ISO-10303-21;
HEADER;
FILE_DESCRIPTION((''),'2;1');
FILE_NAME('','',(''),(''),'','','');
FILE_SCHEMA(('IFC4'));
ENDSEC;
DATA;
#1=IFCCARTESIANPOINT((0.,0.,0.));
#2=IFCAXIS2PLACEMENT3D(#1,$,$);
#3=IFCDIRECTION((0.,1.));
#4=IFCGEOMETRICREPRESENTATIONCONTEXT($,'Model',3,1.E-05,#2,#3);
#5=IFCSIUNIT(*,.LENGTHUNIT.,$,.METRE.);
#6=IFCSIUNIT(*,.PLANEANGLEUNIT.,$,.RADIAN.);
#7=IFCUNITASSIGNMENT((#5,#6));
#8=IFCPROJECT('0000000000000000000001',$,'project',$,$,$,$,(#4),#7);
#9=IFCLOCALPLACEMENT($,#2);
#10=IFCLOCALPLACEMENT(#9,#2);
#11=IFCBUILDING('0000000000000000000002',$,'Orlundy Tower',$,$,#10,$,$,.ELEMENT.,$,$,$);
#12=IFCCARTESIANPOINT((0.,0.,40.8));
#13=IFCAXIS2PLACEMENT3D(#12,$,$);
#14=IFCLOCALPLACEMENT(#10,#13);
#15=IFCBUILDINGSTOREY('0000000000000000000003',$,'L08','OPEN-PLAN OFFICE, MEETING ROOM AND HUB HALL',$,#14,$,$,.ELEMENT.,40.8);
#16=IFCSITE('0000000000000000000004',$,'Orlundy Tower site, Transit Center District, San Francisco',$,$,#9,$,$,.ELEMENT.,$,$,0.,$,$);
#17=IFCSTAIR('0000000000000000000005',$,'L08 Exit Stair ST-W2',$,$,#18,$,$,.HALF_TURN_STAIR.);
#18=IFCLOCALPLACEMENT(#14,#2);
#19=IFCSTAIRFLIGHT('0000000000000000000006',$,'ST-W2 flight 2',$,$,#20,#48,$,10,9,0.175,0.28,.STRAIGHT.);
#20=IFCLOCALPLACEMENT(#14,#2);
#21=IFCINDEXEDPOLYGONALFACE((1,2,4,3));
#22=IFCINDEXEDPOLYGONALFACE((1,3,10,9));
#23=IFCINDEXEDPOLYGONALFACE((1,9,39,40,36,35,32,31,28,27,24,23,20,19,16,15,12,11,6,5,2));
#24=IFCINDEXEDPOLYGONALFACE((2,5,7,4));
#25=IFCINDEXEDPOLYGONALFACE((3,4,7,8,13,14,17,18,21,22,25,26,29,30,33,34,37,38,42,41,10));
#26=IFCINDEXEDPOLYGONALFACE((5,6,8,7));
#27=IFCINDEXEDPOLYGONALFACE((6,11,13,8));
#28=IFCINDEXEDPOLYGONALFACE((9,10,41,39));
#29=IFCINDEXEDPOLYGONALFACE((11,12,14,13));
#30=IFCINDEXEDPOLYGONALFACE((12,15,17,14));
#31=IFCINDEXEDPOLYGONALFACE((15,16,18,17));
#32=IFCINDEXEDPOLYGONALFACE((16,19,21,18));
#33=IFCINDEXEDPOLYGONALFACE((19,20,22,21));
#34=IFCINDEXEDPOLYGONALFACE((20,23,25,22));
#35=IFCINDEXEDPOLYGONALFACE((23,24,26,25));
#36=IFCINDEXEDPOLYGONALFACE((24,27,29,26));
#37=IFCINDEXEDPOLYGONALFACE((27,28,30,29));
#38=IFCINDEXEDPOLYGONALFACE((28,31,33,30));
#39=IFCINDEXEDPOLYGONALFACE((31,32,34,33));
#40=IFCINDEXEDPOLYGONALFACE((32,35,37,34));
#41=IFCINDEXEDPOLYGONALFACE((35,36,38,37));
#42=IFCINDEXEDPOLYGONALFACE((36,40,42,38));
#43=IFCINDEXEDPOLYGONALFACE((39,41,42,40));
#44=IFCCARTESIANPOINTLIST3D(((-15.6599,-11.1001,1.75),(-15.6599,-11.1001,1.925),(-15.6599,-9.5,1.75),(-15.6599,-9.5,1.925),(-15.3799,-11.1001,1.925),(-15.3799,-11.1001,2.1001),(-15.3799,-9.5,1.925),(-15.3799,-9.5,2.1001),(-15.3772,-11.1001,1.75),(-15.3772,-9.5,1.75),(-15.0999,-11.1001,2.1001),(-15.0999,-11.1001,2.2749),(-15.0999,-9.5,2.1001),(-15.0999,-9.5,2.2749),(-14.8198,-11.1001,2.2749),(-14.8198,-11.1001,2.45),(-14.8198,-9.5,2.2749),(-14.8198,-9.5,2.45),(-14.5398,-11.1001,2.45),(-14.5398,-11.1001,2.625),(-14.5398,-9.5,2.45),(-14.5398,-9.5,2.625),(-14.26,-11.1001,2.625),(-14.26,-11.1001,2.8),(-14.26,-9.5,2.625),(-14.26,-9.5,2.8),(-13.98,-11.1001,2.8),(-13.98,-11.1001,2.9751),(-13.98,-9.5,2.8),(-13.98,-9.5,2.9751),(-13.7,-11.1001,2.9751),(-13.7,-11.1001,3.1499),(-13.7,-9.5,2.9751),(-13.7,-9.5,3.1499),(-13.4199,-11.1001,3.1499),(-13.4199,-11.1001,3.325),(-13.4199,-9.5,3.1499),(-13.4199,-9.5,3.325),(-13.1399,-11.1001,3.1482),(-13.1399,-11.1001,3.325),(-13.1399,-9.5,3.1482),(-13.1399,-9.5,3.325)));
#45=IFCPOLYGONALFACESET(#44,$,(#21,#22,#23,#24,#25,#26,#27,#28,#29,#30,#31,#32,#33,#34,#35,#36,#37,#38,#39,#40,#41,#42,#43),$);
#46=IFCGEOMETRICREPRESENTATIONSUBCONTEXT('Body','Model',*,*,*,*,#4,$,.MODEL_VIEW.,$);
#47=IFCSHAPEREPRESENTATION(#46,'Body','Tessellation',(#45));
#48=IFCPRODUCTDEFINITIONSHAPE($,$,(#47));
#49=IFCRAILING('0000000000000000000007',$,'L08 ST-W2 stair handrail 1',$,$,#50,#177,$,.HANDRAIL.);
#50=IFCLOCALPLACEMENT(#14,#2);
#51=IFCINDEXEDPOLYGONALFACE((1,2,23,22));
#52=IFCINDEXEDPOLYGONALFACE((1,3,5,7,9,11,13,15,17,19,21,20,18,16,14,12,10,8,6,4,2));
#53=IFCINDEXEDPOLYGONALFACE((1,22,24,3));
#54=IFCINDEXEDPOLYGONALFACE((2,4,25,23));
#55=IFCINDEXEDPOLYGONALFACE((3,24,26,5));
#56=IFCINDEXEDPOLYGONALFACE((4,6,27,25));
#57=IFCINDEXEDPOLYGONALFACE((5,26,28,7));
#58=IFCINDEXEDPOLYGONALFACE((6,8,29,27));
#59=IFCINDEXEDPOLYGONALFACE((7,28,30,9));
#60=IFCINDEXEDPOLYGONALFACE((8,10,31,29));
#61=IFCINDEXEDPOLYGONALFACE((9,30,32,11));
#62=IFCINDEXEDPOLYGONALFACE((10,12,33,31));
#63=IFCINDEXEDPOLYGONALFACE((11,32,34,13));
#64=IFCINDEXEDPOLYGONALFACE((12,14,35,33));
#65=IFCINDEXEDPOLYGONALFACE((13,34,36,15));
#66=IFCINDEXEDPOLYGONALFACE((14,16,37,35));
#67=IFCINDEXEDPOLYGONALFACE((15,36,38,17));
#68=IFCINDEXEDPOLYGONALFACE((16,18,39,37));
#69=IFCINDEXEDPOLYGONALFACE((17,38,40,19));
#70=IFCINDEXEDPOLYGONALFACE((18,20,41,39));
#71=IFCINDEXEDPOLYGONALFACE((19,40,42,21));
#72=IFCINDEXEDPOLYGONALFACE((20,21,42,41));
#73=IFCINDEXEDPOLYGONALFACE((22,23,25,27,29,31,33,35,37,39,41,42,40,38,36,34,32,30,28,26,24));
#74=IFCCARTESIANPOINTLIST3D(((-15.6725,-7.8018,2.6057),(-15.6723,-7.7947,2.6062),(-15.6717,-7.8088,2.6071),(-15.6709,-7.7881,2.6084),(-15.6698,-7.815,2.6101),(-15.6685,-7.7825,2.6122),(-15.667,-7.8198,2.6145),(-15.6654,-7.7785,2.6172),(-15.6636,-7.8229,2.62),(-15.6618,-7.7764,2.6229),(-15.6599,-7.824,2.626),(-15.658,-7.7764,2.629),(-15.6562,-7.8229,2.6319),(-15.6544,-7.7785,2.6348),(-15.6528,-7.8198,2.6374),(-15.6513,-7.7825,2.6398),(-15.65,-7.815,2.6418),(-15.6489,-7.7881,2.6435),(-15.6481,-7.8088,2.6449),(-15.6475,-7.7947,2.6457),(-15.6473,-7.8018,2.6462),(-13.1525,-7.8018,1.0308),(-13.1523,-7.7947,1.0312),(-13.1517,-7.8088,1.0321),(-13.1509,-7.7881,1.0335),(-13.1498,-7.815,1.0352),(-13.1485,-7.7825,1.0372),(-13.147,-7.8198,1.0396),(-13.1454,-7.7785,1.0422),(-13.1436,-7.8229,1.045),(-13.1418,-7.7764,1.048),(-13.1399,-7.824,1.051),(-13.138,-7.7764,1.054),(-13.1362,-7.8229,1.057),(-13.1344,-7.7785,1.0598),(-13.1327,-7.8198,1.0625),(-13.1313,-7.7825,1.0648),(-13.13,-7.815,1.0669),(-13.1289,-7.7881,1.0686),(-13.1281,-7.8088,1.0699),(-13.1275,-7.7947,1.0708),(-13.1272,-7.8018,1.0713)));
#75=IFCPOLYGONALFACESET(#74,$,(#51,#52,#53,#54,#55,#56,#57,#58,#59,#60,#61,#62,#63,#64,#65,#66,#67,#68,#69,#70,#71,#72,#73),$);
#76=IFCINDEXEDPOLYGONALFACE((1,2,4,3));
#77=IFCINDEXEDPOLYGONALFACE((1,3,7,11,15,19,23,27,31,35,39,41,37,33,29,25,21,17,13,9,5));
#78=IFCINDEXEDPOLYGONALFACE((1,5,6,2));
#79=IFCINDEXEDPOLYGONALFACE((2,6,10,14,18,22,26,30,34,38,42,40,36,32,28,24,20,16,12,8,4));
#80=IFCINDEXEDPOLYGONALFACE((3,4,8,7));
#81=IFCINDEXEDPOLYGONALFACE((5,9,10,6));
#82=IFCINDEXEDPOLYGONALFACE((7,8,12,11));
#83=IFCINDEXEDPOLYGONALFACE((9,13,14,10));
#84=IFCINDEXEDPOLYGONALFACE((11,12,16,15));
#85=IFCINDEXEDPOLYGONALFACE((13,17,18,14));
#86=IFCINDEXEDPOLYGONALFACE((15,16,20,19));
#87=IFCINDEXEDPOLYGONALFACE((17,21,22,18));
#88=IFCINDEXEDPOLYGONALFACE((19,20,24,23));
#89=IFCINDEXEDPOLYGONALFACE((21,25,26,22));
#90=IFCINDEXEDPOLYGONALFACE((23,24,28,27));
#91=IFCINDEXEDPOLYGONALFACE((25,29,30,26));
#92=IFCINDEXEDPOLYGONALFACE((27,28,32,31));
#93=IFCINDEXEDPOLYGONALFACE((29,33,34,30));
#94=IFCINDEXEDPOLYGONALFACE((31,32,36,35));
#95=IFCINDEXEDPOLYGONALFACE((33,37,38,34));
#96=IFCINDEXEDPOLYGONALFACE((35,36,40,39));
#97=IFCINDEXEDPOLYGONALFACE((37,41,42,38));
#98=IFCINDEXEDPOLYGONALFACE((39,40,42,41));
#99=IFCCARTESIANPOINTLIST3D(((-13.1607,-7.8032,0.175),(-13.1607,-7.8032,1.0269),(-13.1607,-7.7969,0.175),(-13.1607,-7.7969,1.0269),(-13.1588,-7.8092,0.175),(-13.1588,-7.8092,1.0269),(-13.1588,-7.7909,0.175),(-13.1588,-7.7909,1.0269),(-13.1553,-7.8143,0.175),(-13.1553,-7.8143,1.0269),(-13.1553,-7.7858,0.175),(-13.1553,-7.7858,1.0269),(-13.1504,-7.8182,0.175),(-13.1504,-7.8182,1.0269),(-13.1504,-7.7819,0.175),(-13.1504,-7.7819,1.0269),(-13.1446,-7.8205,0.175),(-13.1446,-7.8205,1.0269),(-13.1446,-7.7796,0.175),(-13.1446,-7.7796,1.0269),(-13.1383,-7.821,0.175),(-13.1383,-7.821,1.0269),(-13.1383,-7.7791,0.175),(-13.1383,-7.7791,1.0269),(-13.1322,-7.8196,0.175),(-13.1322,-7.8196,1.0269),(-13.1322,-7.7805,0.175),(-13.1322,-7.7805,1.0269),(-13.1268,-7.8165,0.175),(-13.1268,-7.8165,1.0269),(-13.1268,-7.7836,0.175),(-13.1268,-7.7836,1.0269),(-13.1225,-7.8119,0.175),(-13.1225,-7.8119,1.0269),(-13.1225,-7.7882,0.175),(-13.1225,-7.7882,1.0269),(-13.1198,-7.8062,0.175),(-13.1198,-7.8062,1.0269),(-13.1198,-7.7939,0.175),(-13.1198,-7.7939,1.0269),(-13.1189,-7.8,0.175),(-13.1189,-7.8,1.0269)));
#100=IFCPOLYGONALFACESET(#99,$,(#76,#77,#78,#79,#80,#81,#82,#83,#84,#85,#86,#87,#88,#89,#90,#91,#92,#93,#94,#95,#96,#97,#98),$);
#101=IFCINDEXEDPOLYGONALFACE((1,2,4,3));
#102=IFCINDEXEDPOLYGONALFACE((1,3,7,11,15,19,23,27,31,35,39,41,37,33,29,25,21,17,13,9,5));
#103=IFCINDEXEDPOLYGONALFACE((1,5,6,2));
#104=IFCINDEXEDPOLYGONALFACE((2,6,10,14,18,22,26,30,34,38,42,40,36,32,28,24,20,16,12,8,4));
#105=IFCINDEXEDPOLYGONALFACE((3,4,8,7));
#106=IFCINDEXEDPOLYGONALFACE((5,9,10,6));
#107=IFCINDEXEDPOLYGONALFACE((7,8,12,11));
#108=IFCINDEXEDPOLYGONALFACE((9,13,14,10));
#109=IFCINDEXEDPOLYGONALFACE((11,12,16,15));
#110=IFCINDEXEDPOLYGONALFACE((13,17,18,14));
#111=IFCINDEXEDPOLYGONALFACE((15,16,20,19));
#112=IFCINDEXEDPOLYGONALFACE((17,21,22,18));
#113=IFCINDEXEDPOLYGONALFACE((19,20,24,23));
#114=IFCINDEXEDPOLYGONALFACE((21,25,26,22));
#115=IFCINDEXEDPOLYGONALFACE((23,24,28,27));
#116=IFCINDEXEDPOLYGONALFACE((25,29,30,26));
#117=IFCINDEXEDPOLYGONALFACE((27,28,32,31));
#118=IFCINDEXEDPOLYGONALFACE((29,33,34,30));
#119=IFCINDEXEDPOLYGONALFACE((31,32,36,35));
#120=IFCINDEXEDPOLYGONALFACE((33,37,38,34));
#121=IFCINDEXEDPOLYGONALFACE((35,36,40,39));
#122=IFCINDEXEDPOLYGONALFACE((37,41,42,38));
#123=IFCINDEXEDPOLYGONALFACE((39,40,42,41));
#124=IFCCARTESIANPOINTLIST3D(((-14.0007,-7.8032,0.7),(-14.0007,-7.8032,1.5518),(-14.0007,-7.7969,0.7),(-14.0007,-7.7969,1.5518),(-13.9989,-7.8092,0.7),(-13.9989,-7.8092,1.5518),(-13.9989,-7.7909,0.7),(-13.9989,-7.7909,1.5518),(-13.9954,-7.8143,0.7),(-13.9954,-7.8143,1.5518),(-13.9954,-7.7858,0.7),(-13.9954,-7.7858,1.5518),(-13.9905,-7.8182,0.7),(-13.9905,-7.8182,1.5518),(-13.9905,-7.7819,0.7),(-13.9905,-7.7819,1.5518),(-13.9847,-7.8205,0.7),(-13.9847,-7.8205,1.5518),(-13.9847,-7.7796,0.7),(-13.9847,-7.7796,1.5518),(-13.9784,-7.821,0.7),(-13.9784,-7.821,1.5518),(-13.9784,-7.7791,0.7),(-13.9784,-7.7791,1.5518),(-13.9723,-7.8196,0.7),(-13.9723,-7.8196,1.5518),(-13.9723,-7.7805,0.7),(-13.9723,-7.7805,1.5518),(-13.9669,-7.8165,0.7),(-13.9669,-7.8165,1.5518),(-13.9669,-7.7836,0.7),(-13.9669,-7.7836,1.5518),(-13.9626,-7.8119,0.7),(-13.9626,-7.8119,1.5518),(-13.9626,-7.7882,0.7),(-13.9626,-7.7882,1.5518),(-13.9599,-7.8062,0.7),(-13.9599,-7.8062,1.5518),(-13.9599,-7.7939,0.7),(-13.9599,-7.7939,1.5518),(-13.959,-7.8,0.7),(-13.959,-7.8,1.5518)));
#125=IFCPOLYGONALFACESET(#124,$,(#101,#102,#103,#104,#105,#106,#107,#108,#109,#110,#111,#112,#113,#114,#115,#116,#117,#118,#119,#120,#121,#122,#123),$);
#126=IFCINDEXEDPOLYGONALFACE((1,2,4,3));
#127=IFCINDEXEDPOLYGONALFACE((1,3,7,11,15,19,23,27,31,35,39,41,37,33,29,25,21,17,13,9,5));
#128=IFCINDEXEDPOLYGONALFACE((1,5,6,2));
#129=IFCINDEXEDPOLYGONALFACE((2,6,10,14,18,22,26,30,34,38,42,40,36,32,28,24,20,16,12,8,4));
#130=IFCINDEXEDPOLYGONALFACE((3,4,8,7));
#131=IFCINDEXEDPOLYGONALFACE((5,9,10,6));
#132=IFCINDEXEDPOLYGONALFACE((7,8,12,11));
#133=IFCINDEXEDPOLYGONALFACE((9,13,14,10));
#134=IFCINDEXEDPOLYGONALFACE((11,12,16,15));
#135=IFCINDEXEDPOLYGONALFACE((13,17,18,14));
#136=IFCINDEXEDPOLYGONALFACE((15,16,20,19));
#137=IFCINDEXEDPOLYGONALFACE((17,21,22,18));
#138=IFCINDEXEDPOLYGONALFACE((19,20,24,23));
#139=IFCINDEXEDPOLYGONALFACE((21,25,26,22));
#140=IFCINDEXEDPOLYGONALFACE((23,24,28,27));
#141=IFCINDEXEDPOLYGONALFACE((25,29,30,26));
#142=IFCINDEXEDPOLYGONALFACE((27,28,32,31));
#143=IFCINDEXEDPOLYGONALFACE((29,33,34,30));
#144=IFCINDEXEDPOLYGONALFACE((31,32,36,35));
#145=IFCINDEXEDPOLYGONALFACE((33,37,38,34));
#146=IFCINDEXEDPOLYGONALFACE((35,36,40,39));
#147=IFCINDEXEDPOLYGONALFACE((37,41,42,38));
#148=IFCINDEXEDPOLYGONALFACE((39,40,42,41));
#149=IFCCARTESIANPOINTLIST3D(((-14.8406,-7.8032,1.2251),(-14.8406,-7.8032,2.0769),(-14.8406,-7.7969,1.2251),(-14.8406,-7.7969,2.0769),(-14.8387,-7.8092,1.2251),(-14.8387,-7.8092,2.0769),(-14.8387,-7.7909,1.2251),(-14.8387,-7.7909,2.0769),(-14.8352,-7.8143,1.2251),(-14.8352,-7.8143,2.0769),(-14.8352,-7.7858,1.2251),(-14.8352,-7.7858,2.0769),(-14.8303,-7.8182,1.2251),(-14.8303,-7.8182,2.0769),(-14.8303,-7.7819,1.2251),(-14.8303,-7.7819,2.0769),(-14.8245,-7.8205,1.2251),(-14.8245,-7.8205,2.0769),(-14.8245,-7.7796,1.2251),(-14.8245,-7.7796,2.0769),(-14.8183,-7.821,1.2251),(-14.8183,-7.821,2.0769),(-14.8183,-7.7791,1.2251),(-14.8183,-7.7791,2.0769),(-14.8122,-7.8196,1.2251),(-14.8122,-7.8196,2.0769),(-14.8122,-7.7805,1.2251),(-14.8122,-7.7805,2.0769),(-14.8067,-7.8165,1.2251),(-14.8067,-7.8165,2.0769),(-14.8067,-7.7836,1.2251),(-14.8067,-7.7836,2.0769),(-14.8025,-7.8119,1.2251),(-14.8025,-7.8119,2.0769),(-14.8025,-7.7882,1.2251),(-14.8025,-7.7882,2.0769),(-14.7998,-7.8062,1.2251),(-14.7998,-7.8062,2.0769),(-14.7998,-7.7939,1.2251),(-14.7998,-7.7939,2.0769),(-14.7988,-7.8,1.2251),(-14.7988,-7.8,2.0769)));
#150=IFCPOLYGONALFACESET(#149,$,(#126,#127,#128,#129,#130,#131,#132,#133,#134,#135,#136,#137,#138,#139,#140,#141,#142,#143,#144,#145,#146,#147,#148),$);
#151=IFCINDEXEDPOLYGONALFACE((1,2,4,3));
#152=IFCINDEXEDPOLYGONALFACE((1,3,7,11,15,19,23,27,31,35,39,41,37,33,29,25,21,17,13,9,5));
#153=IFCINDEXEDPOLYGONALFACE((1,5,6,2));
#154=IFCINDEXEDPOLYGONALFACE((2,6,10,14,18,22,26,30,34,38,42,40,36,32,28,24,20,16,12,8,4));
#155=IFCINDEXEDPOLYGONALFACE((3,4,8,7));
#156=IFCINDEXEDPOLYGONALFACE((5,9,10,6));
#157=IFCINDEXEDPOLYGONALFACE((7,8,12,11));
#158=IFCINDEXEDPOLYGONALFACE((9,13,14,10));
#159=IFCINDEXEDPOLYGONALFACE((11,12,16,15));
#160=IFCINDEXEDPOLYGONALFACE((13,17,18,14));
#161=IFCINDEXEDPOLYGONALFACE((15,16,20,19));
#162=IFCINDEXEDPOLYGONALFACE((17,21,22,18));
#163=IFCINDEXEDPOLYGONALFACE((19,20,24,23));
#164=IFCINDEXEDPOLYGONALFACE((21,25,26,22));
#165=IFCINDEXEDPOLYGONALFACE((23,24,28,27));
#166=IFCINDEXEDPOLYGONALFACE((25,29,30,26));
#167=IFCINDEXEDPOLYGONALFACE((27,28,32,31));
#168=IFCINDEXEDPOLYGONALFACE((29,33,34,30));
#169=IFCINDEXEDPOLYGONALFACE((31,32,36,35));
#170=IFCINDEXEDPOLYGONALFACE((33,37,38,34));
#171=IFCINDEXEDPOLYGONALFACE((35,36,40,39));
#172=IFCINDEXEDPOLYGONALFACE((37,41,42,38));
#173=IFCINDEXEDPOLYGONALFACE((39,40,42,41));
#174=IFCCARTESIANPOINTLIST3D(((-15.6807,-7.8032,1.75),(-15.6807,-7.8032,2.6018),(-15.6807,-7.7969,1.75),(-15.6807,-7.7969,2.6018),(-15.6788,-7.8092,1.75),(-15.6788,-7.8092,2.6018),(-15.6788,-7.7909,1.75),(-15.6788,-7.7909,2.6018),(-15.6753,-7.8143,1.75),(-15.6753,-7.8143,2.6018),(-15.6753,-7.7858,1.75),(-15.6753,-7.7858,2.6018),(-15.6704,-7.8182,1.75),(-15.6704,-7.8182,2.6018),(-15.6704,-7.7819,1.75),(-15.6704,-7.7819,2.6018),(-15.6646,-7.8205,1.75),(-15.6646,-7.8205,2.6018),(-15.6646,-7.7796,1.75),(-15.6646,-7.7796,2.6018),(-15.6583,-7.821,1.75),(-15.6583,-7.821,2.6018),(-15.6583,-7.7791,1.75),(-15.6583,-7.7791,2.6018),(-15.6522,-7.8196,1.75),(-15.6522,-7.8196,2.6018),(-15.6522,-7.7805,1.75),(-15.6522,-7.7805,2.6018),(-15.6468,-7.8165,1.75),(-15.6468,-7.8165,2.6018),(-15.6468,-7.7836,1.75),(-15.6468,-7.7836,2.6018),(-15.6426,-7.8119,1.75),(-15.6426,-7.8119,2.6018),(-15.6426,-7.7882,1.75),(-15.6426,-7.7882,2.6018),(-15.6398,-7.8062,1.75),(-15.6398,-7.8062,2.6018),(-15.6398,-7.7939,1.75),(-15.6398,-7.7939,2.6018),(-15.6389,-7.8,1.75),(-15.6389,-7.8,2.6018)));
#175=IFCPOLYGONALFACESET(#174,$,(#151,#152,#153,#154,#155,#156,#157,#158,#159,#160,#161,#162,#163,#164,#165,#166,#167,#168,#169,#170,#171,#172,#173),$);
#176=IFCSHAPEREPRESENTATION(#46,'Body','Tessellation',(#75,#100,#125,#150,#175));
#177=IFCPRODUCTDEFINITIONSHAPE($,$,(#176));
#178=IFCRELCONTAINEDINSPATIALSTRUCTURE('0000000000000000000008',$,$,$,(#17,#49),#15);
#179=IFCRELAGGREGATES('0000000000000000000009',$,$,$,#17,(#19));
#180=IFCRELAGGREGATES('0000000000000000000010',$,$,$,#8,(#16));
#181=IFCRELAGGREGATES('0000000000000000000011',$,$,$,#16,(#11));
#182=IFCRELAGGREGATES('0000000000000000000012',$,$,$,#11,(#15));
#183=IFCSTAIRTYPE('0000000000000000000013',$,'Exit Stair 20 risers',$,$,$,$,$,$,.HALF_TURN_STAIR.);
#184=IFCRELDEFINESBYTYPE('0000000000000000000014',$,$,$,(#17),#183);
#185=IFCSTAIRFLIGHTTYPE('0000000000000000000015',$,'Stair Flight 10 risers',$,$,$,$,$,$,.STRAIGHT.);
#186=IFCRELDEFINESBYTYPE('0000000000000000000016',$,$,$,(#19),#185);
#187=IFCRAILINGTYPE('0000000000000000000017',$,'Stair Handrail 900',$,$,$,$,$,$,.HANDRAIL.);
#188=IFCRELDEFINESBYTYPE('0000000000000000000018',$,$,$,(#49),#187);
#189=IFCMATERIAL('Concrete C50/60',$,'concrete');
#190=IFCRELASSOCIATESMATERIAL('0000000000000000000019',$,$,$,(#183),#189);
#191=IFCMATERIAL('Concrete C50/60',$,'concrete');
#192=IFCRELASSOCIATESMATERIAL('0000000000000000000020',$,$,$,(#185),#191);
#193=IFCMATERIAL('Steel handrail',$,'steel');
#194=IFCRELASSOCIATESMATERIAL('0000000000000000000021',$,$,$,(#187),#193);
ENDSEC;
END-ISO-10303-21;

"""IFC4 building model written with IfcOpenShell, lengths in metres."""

from ifc_helpers import new_model, si_unit, direction, frame, origin, origin_2d, place, context, subcontext, project, spatial, polyline, circle, outline, extrude, material, type_object, element, aggregate, save


model = new_model("IFC4")

# Units and contexts
model_context = context("Model", 3, precision=1e-05, world=origin(), true_north=direction((0.0, 1.0)))
body_context = subcontext(model_context, "Body", "Model", "MODEL_VIEW")
ifc_project = project(units=[si_unit("LENGTHUNIT", "METRE"), si_unit("PLANEANGLEUNIT", "RADIAN")], contexts=[model_context])

# Site, building, storey
site_placement = place(None, origin())
site = spatial("IfcSite", under=ifc_project, at=site_placement, Name="Orlundy Tower site, Transit Center District, San Francisco", CompositionType="ELEMENT", RefElevation=0.0)
building_placement = place(site_placement, origin())
building = spatial("IfcBuilding", under=site, at=building_placement, Name="Orlundy Tower", CompositionType="ELEMENT")
storey_placement = place(building_placement, frame((0.0, 0.0, 40.8)))
storey = spatial("IfcBuildingStorey", under=building, at=storey_placement, Name="L08", Description="OPEN-PLAN OFFICE, MEETING ROOM AND HUB HALL", CompositionType="ELEMENT", Elevation=40.8)

# Stair, stair flight
ifc_material_1 = material(Name="Concrete C50/60", Category="concrete")
stair_type = type_object("IfcStairType", Name="Exit Stair 20 risers", PredefinedType="HALF_TURN_STAIR", material=ifc_material_1)
stair_placement = place(storey_placement, origin())
stair = element("IfcStair", 1, at=stair_placement, inside=storey, type_object=stair_type, Name="L08 Exit Stair ST-W2", PredefinedType="HALF_TURN_STAIR")
ifc_material_2 = material(Name="Concrete C50/60", Category="concrete")
stair_flight_type = type_object("IfcStairFlightType", Name="Stair Flight 10 risers", PredefinedType="STRAIGHT", material=ifc_material_2)
stair_flight_1_placement = place(storey_placement, frame((-15.6599, -10.3, 1.75), z_axis=(0.0, 0.0, 1.0), x_axis=(1.0, 0.0, 0.0)))
stair_flight_1 = element("IfcStairFlight", 2, at=stair_flight_1_placement, type_object=stair_flight_type, Name="ST-W2 flight 2", NumberOfRisers=10, NumberOfTreads=9, PredefinedType="STRAIGHT", RiserHeight=0.175, TreadLength=0.28, context=body_context, shape_type="SweptSolid", body=[
    extrude(outline(polyline([(0.0, 0.0), (0.0, 0.175), (0.28, 0.175), (0.28, 0.3501), (0.5601, 0.3501), (0.5601, 0.5249), (0.8401, 0.5249), (0.8401, 0.7), (1.1201, 0.7), (1.1201, 0.875), (1.3999, 0.875), (1.3999, 1.05), (1.6799, 1.05), (1.6799, 1.2251), (1.96, 1.2251), (1.96, 1.3999), (2.24, 1.3999), (2.24, 1.575), (2.52, 1.575), (2.52, 1.75), (2.52, 1.3982), (0.2827, 0.0), (0.0, 0.0)])), frame((0.0, 0.8, 0.0), z_axis=(0.0, -1.0, 0.0), x_axis=(1.0, 0.0, 0.0)), (0.0, 0.0, 1.0), 1.6001),
])
aggregate(stair, [stair_flight_1])

# Railing
ifc_material_3 = material(Name="Steel handrail", Category="steel")
railing_type_1 = type_object("IfcRailingType", Name="Stair Handrail 900", PredefinedType="HANDRAIL", material=ifc_material_3)
railing_1_placement = place(storey_placement, frame((-13.1399, -7.8, 0.175)))
element("IfcRailing", 3, at=railing_1_placement, inside=storey, type_object=railing_type_1, Name="L08 ST-W2 stair handrail 1", PredefinedType="HANDRAIL", context=body_context, shape_type="SweptSolid", body=[
    extrude(circle(Radius=0.0239, at=origin_2d()), frame((0.0, 0.0, 0.876), z_axis=(-0.848008, 0.0, 0.529984), x_axis=(0.0, -1.0, 0.0)), (0.0, 0.0, 1.0), 2.9717),
    extrude(circle(Radius=0.021, at=origin_2d()), origin(), (0.0, 0.0, 1.0), 0.8518),
    extrude(circle(Radius=0.021, at=origin_2d()), frame((-0.8401, 0.0, 0.5249)), (0.0, 0.0, 1.0), 0.8518),
    extrude(circle(Radius=0.021, at=origin_2d()), frame((-1.6799, 0.0, 1.05)), (0.0, 0.0, 1.0), 0.8518),
    extrude(circle(Radius=0.021, at=origin_2d()), frame((-2.52, 0.0, 1.575)), (0.0, 0.0, 1.0), 0.8518),
])

save(model, "model.ifc")
